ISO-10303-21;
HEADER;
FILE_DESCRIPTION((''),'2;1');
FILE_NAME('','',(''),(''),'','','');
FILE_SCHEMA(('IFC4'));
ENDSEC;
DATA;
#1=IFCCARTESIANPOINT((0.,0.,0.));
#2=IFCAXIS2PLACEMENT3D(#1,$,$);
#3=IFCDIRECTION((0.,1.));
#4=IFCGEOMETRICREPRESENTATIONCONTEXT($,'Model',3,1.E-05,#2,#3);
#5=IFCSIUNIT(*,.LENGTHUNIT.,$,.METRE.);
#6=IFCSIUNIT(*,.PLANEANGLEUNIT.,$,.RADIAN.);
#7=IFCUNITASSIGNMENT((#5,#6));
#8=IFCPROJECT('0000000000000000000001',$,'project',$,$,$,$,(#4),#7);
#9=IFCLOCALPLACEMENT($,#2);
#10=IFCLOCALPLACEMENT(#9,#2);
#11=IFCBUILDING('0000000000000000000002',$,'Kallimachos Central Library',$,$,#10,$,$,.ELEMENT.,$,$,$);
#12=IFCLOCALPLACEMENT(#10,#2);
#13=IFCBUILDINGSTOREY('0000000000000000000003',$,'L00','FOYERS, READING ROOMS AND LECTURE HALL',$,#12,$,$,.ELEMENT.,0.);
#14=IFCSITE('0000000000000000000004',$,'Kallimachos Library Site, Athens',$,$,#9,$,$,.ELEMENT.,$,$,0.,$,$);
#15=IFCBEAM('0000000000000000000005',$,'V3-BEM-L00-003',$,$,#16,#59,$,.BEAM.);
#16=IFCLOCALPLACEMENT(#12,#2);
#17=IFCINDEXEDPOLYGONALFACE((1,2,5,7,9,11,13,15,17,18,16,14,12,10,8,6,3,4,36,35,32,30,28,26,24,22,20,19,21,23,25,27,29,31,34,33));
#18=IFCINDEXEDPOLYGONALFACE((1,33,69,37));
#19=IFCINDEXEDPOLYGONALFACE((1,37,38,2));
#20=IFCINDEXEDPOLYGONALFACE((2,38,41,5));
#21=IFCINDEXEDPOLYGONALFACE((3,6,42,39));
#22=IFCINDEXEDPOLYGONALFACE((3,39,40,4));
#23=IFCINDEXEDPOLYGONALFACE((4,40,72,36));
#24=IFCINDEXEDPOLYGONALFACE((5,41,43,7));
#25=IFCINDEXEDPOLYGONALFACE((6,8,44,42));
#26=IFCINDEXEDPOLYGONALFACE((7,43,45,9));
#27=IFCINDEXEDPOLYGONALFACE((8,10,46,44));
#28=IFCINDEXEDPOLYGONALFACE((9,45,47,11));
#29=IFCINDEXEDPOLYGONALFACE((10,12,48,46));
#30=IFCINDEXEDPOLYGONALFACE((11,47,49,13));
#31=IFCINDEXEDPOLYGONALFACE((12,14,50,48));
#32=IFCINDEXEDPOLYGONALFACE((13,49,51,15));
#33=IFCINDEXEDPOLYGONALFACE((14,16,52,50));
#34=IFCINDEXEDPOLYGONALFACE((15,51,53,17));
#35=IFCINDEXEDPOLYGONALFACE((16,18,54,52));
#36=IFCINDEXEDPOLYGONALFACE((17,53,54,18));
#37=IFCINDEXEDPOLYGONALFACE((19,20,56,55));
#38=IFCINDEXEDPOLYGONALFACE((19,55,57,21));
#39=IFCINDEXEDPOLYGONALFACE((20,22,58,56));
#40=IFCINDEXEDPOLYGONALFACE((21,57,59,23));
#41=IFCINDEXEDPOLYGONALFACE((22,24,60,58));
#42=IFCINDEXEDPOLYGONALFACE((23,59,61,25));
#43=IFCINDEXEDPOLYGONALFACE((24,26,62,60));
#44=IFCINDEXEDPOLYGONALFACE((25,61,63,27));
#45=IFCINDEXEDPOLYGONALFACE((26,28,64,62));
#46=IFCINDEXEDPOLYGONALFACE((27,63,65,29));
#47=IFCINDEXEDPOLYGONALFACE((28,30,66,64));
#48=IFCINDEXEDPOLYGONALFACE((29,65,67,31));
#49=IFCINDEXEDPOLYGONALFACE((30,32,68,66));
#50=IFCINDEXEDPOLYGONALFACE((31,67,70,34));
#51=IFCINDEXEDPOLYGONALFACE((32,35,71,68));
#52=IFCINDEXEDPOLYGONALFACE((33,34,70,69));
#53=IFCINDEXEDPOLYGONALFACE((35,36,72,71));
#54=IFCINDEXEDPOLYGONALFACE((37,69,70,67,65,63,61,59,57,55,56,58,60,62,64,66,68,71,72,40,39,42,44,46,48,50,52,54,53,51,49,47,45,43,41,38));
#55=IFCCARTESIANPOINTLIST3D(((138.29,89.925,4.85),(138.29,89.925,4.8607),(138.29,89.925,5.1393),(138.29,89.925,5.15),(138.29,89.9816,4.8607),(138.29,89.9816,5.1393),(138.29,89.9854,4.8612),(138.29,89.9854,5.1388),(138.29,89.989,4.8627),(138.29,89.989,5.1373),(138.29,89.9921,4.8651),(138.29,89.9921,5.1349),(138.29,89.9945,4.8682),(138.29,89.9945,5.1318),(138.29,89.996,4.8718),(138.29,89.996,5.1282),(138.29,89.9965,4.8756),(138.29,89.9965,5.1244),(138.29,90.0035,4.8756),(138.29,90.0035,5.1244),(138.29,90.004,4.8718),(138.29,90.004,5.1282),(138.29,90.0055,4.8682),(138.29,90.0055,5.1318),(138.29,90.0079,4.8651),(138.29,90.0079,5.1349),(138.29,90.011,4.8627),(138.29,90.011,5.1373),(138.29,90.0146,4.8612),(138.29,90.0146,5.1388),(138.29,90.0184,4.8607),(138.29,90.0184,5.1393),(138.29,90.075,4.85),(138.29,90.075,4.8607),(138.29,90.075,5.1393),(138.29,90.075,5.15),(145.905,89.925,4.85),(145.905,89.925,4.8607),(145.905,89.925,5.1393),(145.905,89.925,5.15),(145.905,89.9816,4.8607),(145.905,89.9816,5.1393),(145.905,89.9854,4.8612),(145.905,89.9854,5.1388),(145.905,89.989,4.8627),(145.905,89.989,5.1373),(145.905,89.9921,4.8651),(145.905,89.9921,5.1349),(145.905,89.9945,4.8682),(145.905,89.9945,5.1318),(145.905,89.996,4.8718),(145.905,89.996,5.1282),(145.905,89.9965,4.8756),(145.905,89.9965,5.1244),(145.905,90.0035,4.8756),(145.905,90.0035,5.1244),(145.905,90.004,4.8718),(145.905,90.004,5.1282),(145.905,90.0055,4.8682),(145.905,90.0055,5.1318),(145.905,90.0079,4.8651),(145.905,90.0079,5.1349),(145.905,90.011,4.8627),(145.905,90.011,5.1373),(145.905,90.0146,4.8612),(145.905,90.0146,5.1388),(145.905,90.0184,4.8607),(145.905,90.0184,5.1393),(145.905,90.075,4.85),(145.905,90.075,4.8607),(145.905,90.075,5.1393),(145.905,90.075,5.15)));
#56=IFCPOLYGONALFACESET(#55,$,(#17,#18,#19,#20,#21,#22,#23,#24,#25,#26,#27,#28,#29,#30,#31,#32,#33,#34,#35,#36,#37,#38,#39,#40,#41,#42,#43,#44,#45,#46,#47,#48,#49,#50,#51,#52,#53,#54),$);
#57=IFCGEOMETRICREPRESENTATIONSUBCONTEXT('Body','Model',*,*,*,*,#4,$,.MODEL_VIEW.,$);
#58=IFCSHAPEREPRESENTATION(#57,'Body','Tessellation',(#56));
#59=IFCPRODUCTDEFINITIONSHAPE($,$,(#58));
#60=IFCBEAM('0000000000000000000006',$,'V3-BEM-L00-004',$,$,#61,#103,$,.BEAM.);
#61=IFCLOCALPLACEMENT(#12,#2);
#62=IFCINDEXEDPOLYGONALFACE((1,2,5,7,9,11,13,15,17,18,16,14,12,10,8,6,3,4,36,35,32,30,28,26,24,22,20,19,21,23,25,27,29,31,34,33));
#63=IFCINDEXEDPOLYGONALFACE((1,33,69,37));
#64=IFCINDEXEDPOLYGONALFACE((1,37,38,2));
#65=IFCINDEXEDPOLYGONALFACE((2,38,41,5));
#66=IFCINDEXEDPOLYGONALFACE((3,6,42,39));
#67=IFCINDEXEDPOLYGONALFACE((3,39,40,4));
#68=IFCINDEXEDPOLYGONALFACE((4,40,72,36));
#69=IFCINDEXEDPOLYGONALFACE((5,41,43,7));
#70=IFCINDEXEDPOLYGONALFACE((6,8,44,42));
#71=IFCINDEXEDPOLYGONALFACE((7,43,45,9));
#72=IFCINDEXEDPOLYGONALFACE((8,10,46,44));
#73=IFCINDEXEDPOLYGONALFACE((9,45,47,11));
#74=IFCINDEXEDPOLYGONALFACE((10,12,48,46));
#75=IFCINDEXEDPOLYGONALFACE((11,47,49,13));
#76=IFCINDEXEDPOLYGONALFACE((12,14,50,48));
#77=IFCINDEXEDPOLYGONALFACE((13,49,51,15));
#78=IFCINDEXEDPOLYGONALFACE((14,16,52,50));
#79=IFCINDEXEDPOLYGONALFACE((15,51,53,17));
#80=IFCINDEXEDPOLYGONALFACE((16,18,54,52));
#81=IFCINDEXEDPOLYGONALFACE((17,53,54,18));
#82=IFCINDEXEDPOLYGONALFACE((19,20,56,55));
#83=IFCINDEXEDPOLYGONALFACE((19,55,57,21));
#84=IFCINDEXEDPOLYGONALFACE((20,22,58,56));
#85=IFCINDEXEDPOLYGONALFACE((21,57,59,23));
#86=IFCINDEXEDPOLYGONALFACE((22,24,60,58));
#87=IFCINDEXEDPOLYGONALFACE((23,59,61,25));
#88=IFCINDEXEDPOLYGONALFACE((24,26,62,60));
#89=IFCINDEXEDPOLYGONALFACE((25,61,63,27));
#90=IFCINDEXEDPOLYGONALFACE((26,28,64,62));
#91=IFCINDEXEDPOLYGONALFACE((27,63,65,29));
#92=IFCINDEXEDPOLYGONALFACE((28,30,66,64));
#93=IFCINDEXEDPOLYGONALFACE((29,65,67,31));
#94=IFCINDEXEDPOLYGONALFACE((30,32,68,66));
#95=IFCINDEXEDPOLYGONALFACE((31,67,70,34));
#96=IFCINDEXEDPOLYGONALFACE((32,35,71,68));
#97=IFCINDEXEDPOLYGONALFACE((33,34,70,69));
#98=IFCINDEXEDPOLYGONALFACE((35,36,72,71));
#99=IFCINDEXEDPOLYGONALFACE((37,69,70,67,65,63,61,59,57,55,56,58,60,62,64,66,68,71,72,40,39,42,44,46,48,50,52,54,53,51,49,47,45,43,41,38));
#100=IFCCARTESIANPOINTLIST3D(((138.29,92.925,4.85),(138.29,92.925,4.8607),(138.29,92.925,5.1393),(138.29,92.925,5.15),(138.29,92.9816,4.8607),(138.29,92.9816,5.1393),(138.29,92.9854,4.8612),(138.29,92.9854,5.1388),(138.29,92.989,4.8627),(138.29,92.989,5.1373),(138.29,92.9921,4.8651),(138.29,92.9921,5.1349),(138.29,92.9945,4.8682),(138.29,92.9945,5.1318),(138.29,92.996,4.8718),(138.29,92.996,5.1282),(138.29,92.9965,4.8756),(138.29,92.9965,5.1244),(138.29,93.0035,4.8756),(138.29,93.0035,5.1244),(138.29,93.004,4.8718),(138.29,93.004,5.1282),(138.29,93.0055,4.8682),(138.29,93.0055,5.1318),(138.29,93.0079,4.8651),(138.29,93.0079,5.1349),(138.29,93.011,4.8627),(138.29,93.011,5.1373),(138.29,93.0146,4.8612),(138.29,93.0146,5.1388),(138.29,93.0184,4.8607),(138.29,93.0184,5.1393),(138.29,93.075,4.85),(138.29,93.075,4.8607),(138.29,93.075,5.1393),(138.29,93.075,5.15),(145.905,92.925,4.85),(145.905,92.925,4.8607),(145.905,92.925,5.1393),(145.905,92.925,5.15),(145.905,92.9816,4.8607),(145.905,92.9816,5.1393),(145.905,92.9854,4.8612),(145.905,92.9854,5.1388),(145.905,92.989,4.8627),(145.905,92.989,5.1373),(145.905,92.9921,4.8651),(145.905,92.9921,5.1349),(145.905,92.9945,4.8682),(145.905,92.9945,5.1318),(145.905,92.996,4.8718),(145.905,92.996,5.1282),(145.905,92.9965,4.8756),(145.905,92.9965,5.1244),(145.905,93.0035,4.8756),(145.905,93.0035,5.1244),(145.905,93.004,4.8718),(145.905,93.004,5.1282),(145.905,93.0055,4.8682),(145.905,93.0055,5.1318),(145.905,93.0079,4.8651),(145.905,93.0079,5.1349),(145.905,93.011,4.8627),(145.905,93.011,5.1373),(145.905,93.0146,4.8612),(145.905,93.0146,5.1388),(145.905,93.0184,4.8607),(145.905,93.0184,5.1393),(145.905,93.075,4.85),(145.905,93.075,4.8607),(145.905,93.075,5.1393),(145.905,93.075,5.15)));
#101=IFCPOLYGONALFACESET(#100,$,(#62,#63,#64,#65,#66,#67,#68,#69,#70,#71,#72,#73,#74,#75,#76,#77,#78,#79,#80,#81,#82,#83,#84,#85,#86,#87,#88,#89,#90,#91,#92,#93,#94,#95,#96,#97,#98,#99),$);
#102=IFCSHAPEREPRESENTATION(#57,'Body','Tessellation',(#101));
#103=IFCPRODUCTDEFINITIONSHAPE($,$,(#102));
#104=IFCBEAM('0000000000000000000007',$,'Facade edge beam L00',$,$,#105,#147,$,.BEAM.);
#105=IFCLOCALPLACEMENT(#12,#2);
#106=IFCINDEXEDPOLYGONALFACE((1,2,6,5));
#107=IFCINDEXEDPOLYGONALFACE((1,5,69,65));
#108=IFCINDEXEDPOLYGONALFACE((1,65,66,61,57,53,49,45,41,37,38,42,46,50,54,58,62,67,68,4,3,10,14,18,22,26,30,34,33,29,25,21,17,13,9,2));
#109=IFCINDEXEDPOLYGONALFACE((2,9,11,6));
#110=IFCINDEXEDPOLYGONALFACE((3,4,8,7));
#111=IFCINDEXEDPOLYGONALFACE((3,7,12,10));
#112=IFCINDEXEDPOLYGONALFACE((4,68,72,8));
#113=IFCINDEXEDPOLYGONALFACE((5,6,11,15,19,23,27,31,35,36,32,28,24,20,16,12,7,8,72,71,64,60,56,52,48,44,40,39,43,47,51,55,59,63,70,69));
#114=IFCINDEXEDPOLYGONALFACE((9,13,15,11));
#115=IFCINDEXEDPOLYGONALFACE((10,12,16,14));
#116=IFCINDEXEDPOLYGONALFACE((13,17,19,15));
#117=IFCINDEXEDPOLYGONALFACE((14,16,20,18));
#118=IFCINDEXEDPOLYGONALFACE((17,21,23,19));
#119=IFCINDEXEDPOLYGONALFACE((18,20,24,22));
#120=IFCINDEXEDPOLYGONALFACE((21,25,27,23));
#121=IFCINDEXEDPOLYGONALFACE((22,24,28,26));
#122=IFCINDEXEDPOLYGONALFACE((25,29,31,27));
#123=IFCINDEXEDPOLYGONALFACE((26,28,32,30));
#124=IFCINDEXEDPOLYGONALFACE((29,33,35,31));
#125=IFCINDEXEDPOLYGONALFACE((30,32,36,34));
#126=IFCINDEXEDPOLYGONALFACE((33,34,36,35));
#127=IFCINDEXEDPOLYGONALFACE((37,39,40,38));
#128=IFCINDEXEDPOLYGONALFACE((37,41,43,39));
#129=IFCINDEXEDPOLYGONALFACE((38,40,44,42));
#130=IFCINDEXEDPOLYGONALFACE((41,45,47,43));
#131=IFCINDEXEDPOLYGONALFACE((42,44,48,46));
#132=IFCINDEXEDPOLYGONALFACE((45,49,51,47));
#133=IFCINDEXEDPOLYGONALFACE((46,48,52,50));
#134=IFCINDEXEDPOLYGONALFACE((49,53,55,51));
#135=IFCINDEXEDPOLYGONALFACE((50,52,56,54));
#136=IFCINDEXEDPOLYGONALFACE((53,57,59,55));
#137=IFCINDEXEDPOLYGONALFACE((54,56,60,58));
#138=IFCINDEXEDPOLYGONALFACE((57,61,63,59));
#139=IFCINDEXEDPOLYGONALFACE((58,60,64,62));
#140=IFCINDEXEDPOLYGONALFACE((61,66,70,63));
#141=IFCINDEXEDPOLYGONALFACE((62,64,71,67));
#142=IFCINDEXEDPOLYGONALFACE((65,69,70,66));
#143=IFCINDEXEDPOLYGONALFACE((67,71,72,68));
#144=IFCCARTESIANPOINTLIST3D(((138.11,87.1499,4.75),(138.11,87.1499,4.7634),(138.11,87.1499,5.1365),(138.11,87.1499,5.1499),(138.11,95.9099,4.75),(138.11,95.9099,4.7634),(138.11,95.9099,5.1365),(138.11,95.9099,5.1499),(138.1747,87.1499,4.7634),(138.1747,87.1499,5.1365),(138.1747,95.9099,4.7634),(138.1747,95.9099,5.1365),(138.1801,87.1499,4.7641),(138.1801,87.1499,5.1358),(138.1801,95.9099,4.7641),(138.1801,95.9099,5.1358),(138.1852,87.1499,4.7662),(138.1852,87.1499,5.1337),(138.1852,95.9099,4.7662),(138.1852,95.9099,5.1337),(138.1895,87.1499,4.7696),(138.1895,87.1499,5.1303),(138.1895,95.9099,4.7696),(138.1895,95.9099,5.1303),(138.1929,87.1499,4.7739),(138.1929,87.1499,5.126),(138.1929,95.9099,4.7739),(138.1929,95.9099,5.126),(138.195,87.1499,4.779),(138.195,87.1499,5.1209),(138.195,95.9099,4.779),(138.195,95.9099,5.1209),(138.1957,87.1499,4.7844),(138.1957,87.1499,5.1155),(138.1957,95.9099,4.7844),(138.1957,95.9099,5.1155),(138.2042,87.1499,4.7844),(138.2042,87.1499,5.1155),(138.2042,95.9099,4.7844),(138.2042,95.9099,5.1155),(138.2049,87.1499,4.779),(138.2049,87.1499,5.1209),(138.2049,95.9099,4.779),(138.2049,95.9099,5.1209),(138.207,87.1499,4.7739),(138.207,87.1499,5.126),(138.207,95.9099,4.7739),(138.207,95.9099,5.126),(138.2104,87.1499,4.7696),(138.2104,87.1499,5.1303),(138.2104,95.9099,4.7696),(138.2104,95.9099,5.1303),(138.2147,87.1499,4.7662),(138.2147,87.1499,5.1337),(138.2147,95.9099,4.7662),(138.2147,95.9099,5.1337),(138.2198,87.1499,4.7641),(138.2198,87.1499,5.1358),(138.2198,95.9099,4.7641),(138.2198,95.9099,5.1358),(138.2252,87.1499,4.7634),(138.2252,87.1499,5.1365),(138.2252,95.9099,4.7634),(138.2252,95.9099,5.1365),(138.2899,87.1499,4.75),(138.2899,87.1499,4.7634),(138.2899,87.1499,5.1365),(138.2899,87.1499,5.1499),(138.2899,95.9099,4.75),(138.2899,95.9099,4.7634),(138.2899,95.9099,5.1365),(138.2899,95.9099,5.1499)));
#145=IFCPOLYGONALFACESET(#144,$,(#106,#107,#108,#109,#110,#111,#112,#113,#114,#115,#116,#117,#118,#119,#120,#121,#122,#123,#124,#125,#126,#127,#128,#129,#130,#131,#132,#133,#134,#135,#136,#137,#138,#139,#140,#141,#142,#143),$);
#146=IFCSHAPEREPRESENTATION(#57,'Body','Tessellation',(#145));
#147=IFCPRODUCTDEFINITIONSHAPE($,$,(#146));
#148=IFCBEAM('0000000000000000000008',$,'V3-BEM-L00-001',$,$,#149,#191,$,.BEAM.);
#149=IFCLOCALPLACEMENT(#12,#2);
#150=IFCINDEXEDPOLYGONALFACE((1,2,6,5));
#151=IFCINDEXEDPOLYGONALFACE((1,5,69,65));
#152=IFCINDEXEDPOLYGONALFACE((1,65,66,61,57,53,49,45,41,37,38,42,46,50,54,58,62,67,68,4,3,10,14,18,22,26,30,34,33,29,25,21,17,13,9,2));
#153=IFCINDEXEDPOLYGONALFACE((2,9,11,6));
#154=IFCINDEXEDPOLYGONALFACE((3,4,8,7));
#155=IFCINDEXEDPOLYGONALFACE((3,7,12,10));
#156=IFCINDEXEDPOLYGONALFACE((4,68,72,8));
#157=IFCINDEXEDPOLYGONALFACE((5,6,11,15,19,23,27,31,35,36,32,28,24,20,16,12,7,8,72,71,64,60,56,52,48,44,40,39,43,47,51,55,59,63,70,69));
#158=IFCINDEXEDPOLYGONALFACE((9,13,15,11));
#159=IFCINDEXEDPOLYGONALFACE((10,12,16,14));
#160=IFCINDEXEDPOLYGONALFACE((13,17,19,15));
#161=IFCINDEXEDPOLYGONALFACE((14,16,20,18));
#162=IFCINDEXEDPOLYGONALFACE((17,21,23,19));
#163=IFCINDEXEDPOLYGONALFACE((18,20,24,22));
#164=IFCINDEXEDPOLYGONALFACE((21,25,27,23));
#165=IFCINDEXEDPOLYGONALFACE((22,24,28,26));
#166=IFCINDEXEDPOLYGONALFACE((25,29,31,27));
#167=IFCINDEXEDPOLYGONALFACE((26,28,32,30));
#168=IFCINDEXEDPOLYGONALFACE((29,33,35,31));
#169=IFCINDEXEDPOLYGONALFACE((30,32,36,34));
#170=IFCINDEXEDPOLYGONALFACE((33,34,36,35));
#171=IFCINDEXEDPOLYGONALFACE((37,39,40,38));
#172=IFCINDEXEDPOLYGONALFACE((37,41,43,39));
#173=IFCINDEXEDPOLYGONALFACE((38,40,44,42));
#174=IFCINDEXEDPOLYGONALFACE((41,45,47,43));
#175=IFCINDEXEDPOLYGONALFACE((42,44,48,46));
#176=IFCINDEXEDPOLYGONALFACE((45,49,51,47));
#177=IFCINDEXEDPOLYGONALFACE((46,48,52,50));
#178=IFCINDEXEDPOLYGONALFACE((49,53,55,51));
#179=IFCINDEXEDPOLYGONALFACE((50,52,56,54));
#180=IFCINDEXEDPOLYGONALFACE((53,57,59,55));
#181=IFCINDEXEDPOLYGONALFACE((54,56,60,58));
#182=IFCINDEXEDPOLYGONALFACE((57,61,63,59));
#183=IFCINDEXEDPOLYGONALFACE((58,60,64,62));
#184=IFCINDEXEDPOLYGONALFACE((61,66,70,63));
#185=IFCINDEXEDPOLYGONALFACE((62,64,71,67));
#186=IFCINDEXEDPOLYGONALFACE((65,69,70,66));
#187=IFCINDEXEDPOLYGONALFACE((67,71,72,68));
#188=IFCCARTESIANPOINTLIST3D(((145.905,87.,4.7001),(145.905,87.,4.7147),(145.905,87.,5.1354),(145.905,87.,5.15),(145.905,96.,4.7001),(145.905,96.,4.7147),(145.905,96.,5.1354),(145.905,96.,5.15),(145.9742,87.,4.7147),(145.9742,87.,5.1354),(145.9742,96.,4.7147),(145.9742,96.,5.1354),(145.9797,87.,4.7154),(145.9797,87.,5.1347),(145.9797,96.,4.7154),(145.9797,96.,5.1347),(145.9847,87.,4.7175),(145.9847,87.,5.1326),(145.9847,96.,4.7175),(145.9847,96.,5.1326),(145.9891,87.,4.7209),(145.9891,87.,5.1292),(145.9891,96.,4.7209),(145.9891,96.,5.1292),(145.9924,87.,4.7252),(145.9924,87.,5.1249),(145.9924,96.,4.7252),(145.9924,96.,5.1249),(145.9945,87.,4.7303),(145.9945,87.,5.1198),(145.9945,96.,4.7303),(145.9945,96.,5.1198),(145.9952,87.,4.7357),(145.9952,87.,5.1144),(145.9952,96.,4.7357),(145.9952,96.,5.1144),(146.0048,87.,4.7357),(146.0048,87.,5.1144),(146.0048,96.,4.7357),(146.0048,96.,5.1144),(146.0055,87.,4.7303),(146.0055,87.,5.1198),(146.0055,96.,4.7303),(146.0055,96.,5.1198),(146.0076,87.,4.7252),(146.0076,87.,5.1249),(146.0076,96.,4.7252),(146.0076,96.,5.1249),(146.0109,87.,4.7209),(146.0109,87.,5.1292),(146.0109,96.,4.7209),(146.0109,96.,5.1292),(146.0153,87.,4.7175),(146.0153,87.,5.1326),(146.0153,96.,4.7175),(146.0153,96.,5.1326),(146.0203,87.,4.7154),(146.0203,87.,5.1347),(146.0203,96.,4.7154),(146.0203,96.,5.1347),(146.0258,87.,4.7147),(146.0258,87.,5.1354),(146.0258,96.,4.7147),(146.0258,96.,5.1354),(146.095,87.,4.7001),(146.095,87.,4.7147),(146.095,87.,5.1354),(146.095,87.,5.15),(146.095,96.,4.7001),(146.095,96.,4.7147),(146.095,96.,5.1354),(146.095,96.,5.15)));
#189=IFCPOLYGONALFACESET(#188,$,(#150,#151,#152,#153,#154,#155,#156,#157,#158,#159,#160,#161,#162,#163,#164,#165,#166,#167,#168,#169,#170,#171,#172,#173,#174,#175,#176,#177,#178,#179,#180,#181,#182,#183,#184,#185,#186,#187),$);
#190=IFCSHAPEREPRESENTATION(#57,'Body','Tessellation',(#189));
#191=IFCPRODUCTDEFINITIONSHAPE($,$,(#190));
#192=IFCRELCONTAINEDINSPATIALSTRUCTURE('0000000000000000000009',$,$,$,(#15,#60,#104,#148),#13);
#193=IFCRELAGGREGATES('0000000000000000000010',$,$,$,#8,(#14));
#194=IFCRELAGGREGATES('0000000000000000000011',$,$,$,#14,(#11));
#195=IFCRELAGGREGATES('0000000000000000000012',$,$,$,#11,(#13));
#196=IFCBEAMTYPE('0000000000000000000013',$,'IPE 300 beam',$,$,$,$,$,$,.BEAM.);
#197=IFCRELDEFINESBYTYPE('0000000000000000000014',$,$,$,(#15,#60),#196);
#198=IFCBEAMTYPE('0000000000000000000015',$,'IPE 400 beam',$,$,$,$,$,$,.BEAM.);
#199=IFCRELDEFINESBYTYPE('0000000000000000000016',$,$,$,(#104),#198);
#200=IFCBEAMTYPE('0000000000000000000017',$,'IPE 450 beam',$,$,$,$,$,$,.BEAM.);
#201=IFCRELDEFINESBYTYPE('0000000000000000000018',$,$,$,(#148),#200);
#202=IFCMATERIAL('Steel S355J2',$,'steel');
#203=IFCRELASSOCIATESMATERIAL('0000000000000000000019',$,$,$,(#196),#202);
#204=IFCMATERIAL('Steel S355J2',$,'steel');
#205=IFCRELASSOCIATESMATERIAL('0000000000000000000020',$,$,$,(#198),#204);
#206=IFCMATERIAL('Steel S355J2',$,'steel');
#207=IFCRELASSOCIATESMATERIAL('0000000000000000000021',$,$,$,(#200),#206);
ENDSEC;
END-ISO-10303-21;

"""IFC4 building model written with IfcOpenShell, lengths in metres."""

from ifc_helpers import new_model, si_unit, direction, frame, origin, origin_2d, place, context, subcontext, project, spatial, i_section, extrude, material, material_profile, profile_set, type_object, element, save


model = new_model("IFC4")

# Units and contexts
model_context = context("Model", 3, precision=1e-05, world=origin(), true_north=direction((0.0, 1.0)))
body_context = subcontext(model_context, "Body", "Model", "MODEL_VIEW")
ifc_project = project(units=[si_unit("LENGTHUNIT", "METRE"), si_unit("PLANEANGLEUNIT", "RADIAN")], contexts=[model_context])

# Site, building, storey
site_placement = place(None, origin())
site = spatial("IfcSite", under=ifc_project, at=site_placement, Name="Kallimachos Library Site, Athens", CompositionType="ELEMENT", RefElevation=0.0)
building_placement = place(site_placement, origin())
building = spatial("IfcBuilding", under=site, at=building_placement, Name="Kallimachos Central Library", CompositionType="ELEMENT")
storey_placement = place(building_placement, origin())
storey = spatial("IfcBuildingStorey", under=building, at=storey_placement, Name="L00", Description="FOYERS, READING ROOMS AND LECTURE HALL", CompositionType="ELEMENT", Elevation=0.0)

# Beams
ifc_material_1 = material(Name="Steel S355J2", Category="steel")
ifc_material_profile_1 = material_profile(ifc_material_1, i_section(OverallWidth=0.1499, OverallDepth=0.3, WebThickness=0.0071, FlangeThickness=0.0107, FilletRadius=0.0149, at=origin_2d()), Name="IPE 300")
ifc_profile_set_1 = profile_set([ifc_material_profile_1], Name="Steel S355J2")
beam_type_1 = type_object("IfcBeamType", Name="IPE 300 beam", PredefinedType="BEAM", material=ifc_profile_set_1)
for number, where, z_axis, x_axis, name in (
    (1, (138.29, 90.0, 5.0), (1.0, 0.0, 0.0), (0.0, 1.0, 0.0), "V3-BEM-L00-003"),
    (2, (138.29, 93.0, 5.0), (1.0, 0.0, 0.0), (0.0, 1.0, 0.0), "V3-BEM-L00-004"),
):
    element("IfcBeam", number, at=place(storey_placement, frame(where, z_axis=z_axis, x_axis=x_axis)), inside=storey, type_object=beam_type_1, Name=name, PredefinedType="BEAM", context=body_context, shape_type="SweptSolid", body=[
        extrude(i_section(OverallWidth=0.1499, OverallDepth=0.3, WebThickness=0.0071, FlangeThickness=0.0107, FilletRadius=0.0149, at=origin_2d()), origin(), (0.0, 0.0, 1.0), 7.615),
    ])
ifc_material_2 = material(Name="Steel S355J2", Category="steel")
ifc_material_profile_2 = material_profile(ifc_material_2, i_section(OverallWidth=0.1799, OverallDepth=0.3999, WebThickness=0.0085, FlangeThickness=0.0134, FilletRadius=0.021, at=origin_2d()), Name="IPE 400")
ifc_profile_set_2 = profile_set([ifc_material_profile_2], Name="Steel S355J2")
beam_type_2 = type_object("IfcBeamType", Name="IPE 400 beam", PredefinedType="BEAM", material=ifc_profile_set_2)
beam_placement = place(storey_placement, frame((138.2, 87.1499, 4.95), z_axis=(0.0, 1.0, 0.0), x_axis=(-1.0, 0.0, 0.0)))
element("IfcBeam", 3, at=beam_placement, inside=storey, type_object=beam_type_2, Name="Facade edge beam L00", PredefinedType="BEAM", context=body_context, shape_type="SweptSolid", body=[
    extrude(i_section(OverallWidth=0.1799, OverallDepth=0.3999, WebThickness=0.0085, FlangeThickness=0.0134, FilletRadius=0.021, at=origin_2d()), origin(), (0.0, 0.0, 1.0), 8.76),
])
ifc_material_3 = material(Name="Steel S355J2", Category="steel")
ifc_material_profile_3 = material_profile(ifc_material_3, i_section(OverallWidth=0.1899, OverallDepth=0.45, WebThickness=0.0095, FlangeThickness=0.0146, FilletRadius=0.021, at=origin_2d()), Name="IPE 450")
ifc_profile_set_3 = profile_set([ifc_material_profile_3], Name="Steel S355J2")
beam_type_3 = type_object("IfcBeamType", Name="IPE 450 beam", PredefinedType="BEAM", material=ifc_profile_set_3)
for number, where, z_axis, x_axis, name in (
    (4, (146.0, 87.0, 4.925), (0.0, 1.0, 0.0), (-1.0, 0.0, 0.0), "V3-BEM-L00-001"),
):
    element("IfcBeam", number, at=place(storey_placement, frame(where, z_axis=z_axis, x_axis=x_axis)), inside=storey, type_object=beam_type_3, Name=name, PredefinedType="BEAM", context=body_context, shape_type="SweptSolid", body=[
        extrude(i_section(OverallWidth=0.1899, OverallDepth=0.45, WebThickness=0.0095, FlangeThickness=0.0146, FilletRadius=0.021, at=origin_2d()), origin(), (0.0, 0.0, 1.0), 9.0),
    ])

save(model, "model.ifc")
